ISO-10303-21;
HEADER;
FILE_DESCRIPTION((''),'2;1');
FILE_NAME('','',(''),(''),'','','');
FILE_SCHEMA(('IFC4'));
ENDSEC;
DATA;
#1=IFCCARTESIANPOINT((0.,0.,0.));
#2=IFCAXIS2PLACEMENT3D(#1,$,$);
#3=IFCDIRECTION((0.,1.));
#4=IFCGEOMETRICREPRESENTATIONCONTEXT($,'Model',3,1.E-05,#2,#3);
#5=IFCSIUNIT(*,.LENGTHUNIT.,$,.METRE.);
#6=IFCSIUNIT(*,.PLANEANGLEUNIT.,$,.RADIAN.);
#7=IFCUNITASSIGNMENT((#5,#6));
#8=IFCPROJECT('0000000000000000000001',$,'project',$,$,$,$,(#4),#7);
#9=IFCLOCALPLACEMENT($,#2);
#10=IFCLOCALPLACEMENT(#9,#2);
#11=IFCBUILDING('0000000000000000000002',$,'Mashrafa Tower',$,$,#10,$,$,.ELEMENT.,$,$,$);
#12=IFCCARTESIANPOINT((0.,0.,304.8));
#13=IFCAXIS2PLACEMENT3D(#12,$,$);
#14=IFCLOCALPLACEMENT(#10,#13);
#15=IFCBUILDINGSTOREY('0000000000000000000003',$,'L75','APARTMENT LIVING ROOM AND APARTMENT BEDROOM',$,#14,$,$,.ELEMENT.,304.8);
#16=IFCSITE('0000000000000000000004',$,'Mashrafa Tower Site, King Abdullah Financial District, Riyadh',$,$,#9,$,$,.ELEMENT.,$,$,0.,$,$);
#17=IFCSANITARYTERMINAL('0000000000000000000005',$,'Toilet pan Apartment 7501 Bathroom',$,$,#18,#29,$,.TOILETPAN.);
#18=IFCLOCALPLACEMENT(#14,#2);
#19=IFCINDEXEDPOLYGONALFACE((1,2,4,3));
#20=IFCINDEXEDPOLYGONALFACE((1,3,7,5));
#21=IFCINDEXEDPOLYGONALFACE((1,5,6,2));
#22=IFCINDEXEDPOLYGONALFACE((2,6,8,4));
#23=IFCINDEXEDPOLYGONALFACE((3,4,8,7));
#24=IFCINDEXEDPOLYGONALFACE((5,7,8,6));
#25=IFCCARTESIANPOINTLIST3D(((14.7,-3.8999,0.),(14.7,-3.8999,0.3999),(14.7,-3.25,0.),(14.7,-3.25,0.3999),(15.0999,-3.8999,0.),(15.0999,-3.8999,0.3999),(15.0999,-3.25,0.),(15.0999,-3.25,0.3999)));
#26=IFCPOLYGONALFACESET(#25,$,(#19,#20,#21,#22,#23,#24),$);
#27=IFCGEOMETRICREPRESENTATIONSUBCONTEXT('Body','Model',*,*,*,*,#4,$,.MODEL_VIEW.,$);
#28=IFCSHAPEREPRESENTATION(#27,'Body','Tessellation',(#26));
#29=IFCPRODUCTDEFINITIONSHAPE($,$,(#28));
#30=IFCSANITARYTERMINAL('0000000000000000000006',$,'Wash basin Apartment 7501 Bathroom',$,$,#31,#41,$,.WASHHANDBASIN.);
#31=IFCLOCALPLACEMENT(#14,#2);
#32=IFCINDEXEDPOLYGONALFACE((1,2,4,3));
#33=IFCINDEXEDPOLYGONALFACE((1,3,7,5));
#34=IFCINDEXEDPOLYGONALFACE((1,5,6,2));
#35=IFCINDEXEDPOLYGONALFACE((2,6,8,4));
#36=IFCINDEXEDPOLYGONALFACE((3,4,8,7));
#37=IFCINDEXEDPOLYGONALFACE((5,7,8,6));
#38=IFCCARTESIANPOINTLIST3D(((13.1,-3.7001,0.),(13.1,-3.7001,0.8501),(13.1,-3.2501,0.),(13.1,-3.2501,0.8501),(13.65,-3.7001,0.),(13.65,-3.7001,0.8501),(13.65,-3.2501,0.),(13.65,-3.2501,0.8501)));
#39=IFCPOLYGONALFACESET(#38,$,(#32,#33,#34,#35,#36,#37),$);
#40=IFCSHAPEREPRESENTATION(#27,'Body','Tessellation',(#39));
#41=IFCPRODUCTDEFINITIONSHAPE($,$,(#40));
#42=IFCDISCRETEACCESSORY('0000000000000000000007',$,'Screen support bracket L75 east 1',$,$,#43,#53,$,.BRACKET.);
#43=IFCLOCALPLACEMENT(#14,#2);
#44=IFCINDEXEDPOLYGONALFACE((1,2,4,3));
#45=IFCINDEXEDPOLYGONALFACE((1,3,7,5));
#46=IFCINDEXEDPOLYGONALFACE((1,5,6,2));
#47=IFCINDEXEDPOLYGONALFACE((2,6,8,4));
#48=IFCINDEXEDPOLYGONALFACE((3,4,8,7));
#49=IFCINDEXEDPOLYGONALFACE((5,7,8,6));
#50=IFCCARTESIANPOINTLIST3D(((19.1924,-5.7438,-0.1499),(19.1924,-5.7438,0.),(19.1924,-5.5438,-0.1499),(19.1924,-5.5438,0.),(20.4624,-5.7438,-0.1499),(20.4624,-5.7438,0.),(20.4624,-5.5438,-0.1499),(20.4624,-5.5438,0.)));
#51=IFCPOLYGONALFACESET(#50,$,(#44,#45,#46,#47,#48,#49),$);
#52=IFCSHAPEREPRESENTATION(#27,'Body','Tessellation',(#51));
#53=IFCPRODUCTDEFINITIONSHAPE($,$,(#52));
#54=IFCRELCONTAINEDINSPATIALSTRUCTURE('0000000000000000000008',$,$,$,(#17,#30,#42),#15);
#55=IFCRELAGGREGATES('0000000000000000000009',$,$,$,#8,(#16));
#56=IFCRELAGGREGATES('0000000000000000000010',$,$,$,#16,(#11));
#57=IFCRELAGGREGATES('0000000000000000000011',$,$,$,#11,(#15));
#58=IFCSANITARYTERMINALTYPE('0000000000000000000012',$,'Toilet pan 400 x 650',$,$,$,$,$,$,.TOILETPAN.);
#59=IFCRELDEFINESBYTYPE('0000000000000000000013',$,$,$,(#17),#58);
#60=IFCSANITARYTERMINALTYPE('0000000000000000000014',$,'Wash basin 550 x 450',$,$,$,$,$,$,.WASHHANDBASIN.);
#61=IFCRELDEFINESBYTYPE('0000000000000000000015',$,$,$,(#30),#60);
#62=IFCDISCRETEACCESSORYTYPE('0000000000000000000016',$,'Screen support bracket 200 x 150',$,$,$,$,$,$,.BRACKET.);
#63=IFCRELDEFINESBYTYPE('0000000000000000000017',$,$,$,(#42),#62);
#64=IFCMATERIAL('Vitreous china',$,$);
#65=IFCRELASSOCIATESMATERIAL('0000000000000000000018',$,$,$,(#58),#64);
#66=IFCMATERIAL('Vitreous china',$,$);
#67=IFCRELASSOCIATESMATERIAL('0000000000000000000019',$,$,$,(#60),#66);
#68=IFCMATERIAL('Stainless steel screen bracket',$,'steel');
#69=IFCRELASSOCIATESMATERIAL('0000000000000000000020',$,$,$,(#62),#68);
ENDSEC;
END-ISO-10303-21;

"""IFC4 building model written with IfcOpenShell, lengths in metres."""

from ifc_helpers import new_model, si_unit, direction, frame, origin, origin_2d, place, context, subcontext, project, spatial, rectangle, extrude, source, transform, mapped, material, type_object, type_shapes, element, save


model = new_model("IFC4")

# Units and contexts
model_context = context("Model", 3, precision=1e-05, world=origin(), true_north=direction((0.0, 1.0)))
body_context = subcontext(model_context, "Body", "Model", "MODEL_VIEW")
ifc_project = project(units=[si_unit("LENGTHUNIT", "METRE"), si_unit("PLANEANGLEUNIT", "RADIAN")], contexts=[model_context])

# Site, building, storey
site_placement = place(None, origin())
site = spatial("IfcSite", under=ifc_project, at=site_placement, Name="Mashrafa Tower Site, King Abdullah Financial District, Riyadh", CompositionType="ELEMENT", RefElevation=0.0)
building_placement = place(site_placement, origin())
building = spatial("IfcBuilding", under=site, at=building_placement, Name="Mashrafa Tower", CompositionType="ELEMENT")
storey_placement = place(building_placement, frame((0.0, 0.0, 304.8)))
storey = spatial("IfcBuildingStorey", under=building, at=storey_placement, Name="L75", Description="APARTMENT LIVING ROOM AND APARTMENT BEDROOM", CompositionType="ELEMENT", Elevation=304.8)

# Sanitary terminals
ifc_material_1 = material(Name="Vitreous china")
sanitary_terminal_type_1 = type_object("IfcSanitaryTerminalType", Name="Toilet pan 400 x 650", PredefinedType="TOILETPAN", material=ifc_material_1)
sanitary_terminal_1_placement = place(storey_placement, frame((14.8999, -3.575, 0.0), z_axis=(0.0, 0.0, 1.0), x_axis=(-1.0, 0.0, 0.0)))
element("IfcSanitaryTerminal", 1, at=sanitary_terminal_1_placement, inside=storey, type_object=sanitary_terminal_type_1, Name="Toilet pan Apartment 7501 Bathroom", PredefinedType="TOILETPAN", context=body_context, shape_type="SweptSolid", body=[
    extrude(rectangle(XDim=0.3999, YDim=0.6499, at=origin_2d()), origin(), (0.0, 0.0, 1.0), 0.3999),
])
ifc_material_2 = material(Name="Vitreous china")
sanitary_terminal_type_2 = type_object("IfcSanitaryTerminalType", Name="Wash basin 550 x 450", PredefinedType="WASHHANDBASIN", material=ifc_material_2)
sanitary_terminal_2_placement = place(storey_placement, frame((13.375, -3.4751, 0.0), z_axis=(0.0, 0.0, 1.0), x_axis=(-1.0, 0.0, 0.0)))
element("IfcSanitaryTerminal", 2, at=sanitary_terminal_2_placement, inside=storey, type_object=sanitary_terminal_type_2, Name="Wash basin Apartment 7501 Bathroom", PredefinedType="WASHHANDBASIN", context=body_context, shape_type="SweptSolid", body=[
    extrude(rectangle(XDim=0.55, YDim=0.45, at=origin_2d()), origin(), (0.0, 0.0, 1.0), 0.8501),
])

# Discrete accessory
ifc_material_3 = material(Name="Stainless steel screen bracket", Category="steel")
discrete_accessory_type = type_object("IfcDiscreteAccessoryType", Name="Screen support bracket 200 x 150", PredefinedType="BRACKET", material=ifc_material_3)
shared_shape_1 = source(origin(), body_context, "Body", "SweptSolid", [
    extrude(rectangle(XDim=0.2, YDim=1.27, at=origin_2d()), origin(), (0.0, 0.0, 1.0), 0.1499),
])
type_shapes(discrete_accessory_type, [shared_shape_1])
discrete_accessory_placement = place(storey_placement, frame((19.8274, -5.6438, -0.1499), z_axis=(0.0, 0.0, 1.0), x_axis=(0.0, 1.0, 0.0)))
element("IfcDiscreteAccessory", 3, at=discrete_accessory_placement, inside=storey, type_object=discrete_accessory_type, Name="Screen support bracket L75 east 1", PredefinedType="BRACKET", context=body_context, shape_type="MappedRepresentation", body=[
    mapped(shared_shape_1, transform((0.0, 0.0, 0.0))),
])

save(model, "model.ifc")
